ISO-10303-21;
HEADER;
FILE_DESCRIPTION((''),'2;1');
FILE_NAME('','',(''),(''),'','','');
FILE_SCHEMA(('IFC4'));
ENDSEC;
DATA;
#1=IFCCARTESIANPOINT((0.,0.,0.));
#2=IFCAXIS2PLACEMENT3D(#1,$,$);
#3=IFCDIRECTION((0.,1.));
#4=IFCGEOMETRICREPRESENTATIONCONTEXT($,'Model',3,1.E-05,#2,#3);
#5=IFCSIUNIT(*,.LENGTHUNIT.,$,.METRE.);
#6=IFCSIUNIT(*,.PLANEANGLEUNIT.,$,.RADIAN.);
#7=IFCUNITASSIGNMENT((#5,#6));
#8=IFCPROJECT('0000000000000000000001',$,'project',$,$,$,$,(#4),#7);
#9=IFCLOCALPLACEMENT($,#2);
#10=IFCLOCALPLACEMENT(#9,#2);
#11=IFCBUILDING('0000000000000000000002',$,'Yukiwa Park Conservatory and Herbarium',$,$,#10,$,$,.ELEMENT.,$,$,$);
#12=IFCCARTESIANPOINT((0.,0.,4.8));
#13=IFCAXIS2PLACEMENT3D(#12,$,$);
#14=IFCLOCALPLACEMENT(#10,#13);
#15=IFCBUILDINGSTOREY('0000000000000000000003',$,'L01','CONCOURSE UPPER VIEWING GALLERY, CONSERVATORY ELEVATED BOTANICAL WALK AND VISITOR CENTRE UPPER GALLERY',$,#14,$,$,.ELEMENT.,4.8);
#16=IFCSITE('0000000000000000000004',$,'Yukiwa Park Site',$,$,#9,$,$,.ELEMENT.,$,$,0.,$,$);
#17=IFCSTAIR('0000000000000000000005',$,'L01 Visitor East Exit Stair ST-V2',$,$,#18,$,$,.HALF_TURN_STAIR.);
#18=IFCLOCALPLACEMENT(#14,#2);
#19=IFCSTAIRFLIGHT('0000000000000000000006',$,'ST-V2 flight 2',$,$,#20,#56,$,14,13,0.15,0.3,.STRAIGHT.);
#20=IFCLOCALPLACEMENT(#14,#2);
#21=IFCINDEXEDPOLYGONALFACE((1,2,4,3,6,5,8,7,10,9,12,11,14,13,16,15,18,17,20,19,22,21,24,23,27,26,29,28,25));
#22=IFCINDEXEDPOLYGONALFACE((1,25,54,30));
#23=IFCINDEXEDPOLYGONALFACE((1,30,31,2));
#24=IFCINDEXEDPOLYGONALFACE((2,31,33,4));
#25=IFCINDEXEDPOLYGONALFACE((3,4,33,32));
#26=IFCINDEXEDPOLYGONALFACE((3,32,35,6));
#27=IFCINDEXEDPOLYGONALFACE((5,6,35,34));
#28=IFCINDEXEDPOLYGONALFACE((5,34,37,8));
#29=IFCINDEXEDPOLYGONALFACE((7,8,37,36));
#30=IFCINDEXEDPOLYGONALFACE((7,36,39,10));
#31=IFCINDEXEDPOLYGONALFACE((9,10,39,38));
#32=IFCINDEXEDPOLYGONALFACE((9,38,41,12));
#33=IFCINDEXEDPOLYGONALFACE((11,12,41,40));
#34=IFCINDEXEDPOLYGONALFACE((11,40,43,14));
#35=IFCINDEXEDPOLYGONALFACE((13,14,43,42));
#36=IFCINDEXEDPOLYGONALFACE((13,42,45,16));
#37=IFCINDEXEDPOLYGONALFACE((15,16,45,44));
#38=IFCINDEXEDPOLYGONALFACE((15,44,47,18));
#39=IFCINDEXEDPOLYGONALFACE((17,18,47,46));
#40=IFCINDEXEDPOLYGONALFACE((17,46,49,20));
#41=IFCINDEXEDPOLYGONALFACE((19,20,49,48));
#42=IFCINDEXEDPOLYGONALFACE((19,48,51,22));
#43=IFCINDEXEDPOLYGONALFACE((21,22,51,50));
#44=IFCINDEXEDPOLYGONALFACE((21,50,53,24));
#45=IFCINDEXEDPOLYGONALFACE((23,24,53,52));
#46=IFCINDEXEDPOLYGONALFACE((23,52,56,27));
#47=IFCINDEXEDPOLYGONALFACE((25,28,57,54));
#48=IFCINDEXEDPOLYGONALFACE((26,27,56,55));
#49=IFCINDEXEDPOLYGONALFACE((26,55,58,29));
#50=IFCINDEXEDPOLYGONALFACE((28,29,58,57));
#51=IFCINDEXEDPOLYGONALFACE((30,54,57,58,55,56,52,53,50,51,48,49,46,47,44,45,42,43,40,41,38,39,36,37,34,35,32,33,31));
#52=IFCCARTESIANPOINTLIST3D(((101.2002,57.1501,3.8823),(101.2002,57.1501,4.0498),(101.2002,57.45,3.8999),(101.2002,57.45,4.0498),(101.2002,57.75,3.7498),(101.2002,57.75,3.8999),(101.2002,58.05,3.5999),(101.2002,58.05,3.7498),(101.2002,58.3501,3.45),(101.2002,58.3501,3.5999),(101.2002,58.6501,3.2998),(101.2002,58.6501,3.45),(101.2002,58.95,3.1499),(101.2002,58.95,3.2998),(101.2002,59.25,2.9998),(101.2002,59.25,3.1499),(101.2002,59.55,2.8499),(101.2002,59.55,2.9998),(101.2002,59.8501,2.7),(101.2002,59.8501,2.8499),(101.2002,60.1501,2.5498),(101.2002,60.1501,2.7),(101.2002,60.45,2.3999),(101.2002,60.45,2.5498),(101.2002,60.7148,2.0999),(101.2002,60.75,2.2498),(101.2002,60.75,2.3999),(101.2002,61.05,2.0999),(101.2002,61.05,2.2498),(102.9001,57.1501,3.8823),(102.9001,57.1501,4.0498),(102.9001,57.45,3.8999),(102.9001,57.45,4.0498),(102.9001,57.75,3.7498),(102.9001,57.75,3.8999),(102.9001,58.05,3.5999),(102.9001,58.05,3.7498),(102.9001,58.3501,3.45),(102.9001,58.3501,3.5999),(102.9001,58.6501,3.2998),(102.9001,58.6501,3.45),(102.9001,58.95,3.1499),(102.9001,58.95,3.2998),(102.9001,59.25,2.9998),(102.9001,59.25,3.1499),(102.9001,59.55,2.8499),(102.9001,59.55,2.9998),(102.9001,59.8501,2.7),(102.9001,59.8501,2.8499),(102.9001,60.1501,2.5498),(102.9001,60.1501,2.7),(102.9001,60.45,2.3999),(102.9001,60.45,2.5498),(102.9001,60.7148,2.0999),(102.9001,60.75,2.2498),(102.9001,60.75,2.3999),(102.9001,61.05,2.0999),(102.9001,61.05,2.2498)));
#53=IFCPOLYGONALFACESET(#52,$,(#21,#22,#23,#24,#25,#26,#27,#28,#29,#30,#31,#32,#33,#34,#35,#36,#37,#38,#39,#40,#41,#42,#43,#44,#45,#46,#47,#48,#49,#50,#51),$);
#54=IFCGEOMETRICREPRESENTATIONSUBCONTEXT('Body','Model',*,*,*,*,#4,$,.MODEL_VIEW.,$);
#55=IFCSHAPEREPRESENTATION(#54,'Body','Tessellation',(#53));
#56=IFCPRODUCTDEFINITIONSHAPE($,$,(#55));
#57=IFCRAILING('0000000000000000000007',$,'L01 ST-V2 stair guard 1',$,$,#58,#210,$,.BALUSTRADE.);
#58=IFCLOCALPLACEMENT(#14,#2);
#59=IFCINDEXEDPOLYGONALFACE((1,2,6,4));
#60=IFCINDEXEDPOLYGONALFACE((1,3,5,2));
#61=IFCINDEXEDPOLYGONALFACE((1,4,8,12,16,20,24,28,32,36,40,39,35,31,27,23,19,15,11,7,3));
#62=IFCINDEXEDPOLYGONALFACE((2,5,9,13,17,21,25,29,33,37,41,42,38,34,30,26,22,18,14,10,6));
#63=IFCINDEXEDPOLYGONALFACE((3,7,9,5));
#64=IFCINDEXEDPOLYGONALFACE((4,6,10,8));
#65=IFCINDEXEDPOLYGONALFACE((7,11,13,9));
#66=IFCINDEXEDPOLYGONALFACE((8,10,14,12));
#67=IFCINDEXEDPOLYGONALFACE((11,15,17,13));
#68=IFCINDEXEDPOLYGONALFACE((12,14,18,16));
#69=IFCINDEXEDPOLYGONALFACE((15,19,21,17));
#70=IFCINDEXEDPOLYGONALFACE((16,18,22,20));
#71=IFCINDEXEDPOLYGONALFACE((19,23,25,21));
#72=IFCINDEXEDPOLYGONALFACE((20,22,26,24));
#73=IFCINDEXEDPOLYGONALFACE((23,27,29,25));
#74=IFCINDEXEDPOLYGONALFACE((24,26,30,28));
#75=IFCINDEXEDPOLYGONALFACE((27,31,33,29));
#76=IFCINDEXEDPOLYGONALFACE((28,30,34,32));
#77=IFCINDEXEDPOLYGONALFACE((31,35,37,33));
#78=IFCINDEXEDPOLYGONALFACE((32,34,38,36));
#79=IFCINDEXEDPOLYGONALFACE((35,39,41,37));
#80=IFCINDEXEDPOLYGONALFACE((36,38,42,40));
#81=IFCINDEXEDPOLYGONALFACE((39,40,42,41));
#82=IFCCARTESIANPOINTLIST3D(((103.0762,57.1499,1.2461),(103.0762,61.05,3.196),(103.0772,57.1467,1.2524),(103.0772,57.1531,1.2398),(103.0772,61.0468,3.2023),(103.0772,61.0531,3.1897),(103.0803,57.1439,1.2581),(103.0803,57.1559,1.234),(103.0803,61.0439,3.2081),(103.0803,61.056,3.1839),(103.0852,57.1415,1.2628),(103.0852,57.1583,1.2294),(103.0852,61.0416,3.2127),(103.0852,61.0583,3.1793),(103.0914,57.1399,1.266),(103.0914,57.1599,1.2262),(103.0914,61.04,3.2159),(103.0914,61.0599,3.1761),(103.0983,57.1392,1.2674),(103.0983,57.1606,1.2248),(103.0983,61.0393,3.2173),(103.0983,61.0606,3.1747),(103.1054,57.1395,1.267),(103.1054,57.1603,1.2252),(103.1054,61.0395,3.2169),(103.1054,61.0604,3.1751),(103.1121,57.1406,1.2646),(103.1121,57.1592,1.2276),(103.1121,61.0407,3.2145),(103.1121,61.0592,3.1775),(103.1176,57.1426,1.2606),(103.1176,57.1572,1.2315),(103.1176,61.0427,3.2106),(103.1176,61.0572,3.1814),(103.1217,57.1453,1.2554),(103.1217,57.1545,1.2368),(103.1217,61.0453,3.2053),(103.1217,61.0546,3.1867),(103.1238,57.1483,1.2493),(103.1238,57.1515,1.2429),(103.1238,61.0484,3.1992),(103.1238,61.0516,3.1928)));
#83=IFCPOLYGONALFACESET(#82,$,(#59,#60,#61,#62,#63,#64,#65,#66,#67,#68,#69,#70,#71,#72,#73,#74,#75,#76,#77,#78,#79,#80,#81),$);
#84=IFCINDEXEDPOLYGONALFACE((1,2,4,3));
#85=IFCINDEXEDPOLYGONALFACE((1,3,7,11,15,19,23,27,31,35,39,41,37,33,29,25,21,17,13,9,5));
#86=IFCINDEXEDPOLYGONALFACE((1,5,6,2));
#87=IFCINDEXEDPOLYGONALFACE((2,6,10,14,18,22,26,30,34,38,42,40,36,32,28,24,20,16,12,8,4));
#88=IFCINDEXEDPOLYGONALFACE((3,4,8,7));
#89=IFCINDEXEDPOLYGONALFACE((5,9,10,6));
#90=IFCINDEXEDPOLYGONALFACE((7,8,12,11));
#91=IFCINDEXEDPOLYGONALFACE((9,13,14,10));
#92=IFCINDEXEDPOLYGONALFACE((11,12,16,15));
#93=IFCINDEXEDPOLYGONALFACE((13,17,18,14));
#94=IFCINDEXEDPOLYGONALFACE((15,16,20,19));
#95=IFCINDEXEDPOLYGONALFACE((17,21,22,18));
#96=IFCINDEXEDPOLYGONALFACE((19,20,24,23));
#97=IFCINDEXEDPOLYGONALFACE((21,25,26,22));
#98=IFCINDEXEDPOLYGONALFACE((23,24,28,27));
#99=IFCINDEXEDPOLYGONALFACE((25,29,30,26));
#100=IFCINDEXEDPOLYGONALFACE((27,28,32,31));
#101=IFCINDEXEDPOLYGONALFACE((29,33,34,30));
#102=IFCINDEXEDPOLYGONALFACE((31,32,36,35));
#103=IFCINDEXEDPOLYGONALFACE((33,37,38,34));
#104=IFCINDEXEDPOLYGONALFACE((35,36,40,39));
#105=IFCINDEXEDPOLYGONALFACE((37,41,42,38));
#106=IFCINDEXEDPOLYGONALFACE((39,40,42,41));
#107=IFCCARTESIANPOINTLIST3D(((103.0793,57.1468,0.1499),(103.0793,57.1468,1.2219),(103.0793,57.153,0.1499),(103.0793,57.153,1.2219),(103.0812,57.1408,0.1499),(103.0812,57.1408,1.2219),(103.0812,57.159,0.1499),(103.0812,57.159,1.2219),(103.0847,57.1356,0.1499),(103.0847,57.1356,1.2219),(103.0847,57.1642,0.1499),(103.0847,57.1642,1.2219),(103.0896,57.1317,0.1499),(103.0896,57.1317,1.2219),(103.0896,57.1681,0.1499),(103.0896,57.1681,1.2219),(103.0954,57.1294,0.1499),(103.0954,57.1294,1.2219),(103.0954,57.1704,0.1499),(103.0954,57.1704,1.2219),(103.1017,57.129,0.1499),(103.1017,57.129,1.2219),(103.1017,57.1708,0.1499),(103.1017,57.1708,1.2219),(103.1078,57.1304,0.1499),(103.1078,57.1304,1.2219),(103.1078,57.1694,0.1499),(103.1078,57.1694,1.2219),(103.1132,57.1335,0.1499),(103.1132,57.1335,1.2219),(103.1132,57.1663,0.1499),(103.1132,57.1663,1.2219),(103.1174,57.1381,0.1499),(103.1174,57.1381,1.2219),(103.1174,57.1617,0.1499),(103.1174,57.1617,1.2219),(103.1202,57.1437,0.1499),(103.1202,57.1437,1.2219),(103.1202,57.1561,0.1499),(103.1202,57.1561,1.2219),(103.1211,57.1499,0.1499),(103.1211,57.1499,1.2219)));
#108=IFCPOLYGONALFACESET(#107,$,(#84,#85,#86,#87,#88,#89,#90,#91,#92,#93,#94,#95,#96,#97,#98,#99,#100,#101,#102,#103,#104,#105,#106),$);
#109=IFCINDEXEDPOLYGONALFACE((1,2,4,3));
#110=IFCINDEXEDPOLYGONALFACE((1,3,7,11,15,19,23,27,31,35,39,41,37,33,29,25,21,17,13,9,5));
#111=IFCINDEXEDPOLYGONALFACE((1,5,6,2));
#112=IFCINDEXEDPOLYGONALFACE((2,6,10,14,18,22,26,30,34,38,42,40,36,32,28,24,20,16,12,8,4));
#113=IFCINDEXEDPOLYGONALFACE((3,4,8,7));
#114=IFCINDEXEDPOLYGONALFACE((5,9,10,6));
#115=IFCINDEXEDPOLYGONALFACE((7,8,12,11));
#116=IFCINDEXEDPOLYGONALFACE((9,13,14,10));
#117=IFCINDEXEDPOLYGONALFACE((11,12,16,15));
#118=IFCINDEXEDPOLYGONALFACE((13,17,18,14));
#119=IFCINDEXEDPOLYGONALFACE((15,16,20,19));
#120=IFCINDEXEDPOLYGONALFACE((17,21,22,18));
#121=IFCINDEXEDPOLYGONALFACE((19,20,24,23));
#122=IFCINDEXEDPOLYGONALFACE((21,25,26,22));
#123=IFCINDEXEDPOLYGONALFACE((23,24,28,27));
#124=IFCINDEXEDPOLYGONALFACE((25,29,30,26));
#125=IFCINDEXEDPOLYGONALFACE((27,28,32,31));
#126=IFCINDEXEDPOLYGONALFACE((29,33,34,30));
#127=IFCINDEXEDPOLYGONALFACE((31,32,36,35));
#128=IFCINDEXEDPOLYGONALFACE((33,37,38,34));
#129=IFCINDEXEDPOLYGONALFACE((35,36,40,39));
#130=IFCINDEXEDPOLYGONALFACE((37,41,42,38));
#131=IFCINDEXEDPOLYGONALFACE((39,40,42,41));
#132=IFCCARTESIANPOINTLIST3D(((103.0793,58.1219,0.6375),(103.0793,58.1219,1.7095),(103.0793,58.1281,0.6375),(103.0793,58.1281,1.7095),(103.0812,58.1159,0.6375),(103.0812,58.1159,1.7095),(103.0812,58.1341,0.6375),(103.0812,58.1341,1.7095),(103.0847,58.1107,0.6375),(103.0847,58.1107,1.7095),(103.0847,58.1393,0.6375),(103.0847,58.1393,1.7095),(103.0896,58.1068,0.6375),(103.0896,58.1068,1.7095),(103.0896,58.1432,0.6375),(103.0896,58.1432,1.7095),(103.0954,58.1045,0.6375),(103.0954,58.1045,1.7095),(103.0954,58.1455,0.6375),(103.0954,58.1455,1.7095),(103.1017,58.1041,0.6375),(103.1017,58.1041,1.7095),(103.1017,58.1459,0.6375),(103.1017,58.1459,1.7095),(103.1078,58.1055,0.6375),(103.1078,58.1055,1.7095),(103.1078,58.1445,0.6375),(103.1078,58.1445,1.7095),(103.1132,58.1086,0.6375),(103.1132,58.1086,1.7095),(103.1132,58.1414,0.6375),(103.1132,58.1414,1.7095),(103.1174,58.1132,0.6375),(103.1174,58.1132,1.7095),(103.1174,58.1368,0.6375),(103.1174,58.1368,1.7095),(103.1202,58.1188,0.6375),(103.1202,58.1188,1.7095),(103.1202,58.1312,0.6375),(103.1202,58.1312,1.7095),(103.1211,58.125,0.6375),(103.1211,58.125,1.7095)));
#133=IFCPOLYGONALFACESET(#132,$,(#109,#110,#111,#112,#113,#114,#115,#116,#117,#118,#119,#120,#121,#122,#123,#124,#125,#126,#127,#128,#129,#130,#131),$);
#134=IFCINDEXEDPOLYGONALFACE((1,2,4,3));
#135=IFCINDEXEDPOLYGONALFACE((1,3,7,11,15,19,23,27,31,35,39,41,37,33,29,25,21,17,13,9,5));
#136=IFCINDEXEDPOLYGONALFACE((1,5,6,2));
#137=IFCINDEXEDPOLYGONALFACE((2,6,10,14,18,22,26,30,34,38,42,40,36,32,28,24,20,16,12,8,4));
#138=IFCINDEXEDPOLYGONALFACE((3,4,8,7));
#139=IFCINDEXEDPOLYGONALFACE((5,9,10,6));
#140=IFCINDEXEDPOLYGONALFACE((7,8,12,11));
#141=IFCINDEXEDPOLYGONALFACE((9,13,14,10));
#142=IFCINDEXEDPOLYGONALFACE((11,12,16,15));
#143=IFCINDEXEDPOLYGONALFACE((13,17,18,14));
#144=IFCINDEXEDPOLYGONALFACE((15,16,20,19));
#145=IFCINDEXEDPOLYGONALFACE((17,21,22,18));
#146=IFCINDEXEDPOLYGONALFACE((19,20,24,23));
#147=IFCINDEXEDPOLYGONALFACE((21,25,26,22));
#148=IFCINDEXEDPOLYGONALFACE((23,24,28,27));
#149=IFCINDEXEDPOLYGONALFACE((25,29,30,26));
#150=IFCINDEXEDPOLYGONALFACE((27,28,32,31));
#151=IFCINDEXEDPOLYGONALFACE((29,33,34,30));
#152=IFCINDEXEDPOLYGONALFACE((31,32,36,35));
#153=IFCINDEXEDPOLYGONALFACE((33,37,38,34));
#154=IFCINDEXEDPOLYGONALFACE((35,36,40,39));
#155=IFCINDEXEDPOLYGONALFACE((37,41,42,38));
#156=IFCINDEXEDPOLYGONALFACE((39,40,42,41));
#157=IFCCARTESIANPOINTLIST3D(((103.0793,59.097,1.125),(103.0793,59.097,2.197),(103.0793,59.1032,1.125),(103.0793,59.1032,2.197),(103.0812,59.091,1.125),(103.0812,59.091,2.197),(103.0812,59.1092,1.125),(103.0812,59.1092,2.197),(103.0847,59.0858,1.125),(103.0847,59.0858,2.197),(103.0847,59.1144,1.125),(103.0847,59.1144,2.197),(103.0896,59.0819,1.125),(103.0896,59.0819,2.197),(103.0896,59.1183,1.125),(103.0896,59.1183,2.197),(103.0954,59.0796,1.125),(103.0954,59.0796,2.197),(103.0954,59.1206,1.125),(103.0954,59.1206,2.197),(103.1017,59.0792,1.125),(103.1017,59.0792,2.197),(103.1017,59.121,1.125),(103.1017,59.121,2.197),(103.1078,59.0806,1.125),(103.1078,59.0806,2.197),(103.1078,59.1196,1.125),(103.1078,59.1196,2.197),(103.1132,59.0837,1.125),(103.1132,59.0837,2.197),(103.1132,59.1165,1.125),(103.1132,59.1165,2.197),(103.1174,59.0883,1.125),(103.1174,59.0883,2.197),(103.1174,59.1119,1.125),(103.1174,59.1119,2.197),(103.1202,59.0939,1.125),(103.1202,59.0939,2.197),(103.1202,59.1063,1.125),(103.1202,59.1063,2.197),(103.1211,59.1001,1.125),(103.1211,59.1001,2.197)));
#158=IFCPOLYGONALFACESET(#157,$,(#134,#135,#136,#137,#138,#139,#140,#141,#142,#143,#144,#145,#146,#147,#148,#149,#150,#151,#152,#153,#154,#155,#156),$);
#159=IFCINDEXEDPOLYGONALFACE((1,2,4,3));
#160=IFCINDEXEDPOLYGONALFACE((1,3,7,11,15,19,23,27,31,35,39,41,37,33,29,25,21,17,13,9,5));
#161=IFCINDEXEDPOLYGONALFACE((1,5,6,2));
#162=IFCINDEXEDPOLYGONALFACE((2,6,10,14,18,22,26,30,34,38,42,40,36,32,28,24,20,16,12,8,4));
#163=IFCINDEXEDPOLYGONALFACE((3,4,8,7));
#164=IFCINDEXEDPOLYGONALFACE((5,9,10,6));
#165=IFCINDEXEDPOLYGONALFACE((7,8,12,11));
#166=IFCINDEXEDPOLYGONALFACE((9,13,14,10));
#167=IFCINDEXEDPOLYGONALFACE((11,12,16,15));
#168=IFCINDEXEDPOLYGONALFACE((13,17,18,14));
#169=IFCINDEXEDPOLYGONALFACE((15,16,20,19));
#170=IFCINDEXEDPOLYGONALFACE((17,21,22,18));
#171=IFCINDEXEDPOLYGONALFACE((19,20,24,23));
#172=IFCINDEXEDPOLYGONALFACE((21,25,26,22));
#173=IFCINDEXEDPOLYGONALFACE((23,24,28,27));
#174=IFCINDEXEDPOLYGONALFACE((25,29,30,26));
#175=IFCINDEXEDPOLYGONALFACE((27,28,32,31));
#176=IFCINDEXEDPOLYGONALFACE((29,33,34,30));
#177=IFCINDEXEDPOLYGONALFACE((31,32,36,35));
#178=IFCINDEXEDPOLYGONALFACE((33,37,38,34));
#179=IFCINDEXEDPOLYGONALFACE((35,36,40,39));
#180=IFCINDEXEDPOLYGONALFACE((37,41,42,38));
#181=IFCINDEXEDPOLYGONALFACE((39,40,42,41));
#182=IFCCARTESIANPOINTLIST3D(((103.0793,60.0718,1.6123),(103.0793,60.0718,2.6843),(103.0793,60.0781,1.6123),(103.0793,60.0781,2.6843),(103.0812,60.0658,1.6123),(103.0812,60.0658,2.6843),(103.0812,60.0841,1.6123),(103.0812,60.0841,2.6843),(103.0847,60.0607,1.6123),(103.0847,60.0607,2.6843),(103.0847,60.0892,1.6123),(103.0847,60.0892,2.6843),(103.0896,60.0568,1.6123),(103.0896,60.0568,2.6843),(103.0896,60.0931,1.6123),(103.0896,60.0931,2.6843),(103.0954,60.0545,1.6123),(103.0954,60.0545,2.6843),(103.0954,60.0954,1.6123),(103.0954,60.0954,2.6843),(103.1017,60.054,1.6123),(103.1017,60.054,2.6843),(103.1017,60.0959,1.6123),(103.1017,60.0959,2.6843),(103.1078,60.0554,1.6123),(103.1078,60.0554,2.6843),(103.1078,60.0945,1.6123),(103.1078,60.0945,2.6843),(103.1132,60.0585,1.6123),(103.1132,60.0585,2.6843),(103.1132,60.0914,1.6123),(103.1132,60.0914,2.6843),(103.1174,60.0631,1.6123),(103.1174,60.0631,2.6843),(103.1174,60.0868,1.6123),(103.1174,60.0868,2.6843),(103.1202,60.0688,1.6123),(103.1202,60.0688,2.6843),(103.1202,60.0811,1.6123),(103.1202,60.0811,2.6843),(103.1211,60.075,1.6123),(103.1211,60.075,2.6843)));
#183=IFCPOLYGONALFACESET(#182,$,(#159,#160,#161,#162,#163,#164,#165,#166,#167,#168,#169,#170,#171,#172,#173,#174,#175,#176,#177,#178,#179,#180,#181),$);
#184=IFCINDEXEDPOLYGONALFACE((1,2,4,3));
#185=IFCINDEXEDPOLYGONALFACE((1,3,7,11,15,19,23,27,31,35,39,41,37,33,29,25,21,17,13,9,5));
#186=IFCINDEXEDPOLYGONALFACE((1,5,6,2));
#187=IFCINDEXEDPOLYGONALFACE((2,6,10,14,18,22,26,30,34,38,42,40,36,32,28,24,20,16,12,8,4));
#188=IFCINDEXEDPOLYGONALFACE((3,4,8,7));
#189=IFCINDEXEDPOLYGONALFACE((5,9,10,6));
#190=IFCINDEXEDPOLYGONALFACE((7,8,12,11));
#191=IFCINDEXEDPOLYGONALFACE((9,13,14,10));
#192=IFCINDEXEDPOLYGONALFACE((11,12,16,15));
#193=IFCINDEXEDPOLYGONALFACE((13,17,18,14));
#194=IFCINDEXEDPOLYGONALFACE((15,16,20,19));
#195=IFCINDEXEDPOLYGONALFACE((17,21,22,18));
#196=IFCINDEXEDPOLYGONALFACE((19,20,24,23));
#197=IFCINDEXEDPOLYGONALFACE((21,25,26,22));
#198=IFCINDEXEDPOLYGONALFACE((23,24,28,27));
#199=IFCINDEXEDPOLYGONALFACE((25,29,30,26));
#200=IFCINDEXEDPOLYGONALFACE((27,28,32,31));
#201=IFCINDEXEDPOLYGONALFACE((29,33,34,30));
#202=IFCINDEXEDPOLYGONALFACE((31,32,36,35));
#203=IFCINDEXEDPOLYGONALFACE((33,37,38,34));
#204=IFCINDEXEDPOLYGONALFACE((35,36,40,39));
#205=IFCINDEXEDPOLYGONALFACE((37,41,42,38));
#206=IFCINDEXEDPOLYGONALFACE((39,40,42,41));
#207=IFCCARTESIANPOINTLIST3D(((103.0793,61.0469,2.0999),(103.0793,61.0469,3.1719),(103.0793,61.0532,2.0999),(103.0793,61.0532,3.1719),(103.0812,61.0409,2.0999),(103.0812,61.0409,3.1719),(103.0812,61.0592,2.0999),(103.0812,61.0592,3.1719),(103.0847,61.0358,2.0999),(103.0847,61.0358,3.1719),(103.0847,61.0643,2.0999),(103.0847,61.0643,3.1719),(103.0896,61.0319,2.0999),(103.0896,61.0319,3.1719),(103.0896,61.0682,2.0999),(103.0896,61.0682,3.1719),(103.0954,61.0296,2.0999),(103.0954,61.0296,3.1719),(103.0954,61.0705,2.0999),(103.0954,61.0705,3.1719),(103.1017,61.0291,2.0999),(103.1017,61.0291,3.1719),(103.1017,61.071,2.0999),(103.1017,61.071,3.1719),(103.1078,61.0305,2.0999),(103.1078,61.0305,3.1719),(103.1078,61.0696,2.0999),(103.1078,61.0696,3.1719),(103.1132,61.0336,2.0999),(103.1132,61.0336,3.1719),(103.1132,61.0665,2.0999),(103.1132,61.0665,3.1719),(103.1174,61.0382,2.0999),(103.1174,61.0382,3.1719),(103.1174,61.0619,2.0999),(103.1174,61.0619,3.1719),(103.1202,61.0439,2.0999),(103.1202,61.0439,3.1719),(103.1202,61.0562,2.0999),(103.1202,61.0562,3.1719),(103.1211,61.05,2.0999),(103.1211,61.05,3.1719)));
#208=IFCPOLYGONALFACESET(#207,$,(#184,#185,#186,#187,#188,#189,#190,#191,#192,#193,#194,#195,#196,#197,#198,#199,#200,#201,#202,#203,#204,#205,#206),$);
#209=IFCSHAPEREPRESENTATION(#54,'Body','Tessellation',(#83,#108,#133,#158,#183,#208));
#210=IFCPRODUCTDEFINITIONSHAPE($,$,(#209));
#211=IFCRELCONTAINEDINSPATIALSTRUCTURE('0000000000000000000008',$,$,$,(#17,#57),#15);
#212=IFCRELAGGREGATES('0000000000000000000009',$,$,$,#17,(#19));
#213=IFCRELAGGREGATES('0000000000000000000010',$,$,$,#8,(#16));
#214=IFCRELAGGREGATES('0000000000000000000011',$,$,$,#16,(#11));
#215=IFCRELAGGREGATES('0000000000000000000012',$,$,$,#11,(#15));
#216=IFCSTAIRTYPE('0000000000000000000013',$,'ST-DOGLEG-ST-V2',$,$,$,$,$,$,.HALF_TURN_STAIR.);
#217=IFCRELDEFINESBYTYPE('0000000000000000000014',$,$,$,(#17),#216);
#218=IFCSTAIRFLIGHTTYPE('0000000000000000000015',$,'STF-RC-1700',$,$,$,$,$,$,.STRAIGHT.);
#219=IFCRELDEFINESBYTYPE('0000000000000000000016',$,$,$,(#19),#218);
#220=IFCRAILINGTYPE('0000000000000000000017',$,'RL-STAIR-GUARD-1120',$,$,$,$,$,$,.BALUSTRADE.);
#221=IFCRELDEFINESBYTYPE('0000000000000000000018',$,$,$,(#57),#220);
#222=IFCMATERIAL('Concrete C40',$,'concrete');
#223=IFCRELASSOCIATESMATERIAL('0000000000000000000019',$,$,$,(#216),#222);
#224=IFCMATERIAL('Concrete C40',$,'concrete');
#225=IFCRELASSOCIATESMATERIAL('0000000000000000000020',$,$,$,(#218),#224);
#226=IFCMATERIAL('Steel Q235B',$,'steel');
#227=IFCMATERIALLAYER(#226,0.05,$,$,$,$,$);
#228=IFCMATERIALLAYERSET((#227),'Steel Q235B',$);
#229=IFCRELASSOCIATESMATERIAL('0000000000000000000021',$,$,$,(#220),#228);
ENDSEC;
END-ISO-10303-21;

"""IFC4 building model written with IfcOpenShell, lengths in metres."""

from ifc_helpers import new_model, si_unit, direction, frame, origin, origin_2d, place, context, subcontext, project, spatial, polyline, circle, outline, extrude, material, layer, layer_set, type_object, element, aggregate, save


model = new_model("IFC4")

# Units and contexts
model_context = context("Model", 3, precision=1e-05, world=origin(), true_north=direction((0.0, 1.0)))
body_context = subcontext(model_context, "Body", "Model", "MODEL_VIEW")
ifc_project = project(units=[si_unit("LENGTHUNIT", "METRE"), si_unit("PLANEANGLEUNIT", "RADIAN")], contexts=[model_context])

# Site, building, storey
site_placement = place(None, origin())
site = spatial("IfcSite", under=ifc_project, at=site_placement, Name="Yukiwa Park Site", CompositionType="ELEMENT", RefElevation=0.0)
building_placement = place(site_placement, origin())
building = spatial("IfcBuilding", under=site, at=building_placement, Name="Yukiwa Park Conservatory and Herbarium", CompositionType="ELEMENT")
storey_placement = place(building_placement, frame((0.0, 0.0, 4.8)))
storey = spatial("IfcBuildingStorey", under=building, at=storey_placement, Name="L01", Description="CONCOURSE UPPER VIEWING GALLERY, CONSERVATORY ELEVATED BOTANICAL WALK AND VISITOR CENTRE UPPER GALLERY", CompositionType="ELEMENT", Elevation=4.8)

# Stair, stair flight
ifc_material_1 = material(Name="Concrete C40", Category="concrete")
stair_type = type_object("IfcStairType", Name="ST-DOGLEG-ST-V2", PredefinedType="HALF_TURN_STAIR", material=ifc_material_1)
stair_placement = place(storey_placement, origin())
stair = element("IfcStair", 1, at=stair_placement, inside=storey, type_object=stair_type, Name="L01 Visitor East Exit Stair ST-V2", PredefinedType="HALF_TURN_STAIR")
ifc_material_2 = material(Name="Concrete C40", Category="concrete")
stair_flight_type = type_object("IfcStairFlightType", Name="STF-RC-1700", PredefinedType="STRAIGHT", material=ifc_material_2)
stair_flight_1_placement = place(storey_placement, frame((102.05, 61.05, 2.0999), z_axis=(0.0, 0.0, 1.0), x_axis=(0.0, -1.0, 0.0)))
stair_flight_1 = element("IfcStairFlight", 2, at=stair_flight_1_placement, type_object=stair_flight_type, Name="ST-V2 flight 2", NumberOfRisers=14, NumberOfTreads=13, PredefinedType="STRAIGHT", RiserHeight=0.15, TreadLength=0.3, context=body_context, shape_type="SweptSolid", body=[
    extrude(outline(polyline([(0.0, 0.0), (0.0, 0.1499), (0.3, 0.1499), (0.3, 0.3), (0.6001, 0.3), (0.6001, 0.45), (0.8999, 0.45), (0.8999, 0.6001), (1.2, 0.6001), (1.2, 0.75), (1.5, 0.75), (1.5, 0.8999), (1.8, 0.8999), (1.8, 1.05), (2.1001, 1.05), (2.1001, 1.2), (2.3999, 1.2), (2.3999, 1.3501), (2.7, 1.3501), (2.7, 1.5), (3.0, 1.5), (3.0, 1.6499), (3.3, 1.6499), (3.3, 1.8), (3.6001, 1.8), (3.6001, 1.95), (3.8999, 1.95), (3.8999, 2.1001), (3.8999, 1.7825), (0.3352, 0.0), (0.0, 0.0)])), frame((0.0, 0.8501, 0.0), z_axis=(0.0, -1.0, 0.0), x_axis=(1.0, 0.0, 0.0)), (0.0, 0.0, 1.0), 1.7),
])
aggregate(stair, [stair_flight_1])

# Railing
ifc_material_3 = material(Name="Steel Q235B", Category="steel")
ifc_layer_1 = layer(ifc_material_3, 0.05)
ifc_layer_set_1 = layer_set([ifc_layer_1], Name="Steel Q235B")
railing_type_1 = type_object("IfcRailingType", Name="RL-STAIR-GUARD-1120", PredefinedType="BALUSTRADE", material=ifc_layer_set_1)
railing_1_placement = place(storey_placement, frame((103.1001, 57.1499, 0.1499)))
element("IfcRailing", 3, at=railing_1_placement, inside=storey, type_object=railing_type_1, Name="L01 ST-V2 stair guard 1", PredefinedType="BALUSTRADE", context=body_context, shape_type="SweptSolid", body=[
    extrude(circle(Radius=0.0239, at=origin_2d()), frame((0.0, 0.0, 1.0962), z_axis=(0.0, 0.894438, 0.447191), x_axis=(-1.0, 0.0, 0.0)), (0.0, 0.0, 1.0), 4.3604),
    extrude(circle(Radius=0.021, at=origin_2d()), origin(), (0.0, 0.0, 1.0), 1.072),
    extrude(circle(Radius=0.021, at=origin_2d()), frame((0.0, 0.9751, 0.4875)), (0.0, 0.0, 1.0), 1.072),
    extrude(circle(Radius=0.021, at=origin_2d()), frame((0.0, 1.9502, 0.9751)), (0.0, 0.0, 1.0), 1.072),
    extrude(circle(Radius=0.021, at=origin_2d()), frame((0.0, 2.925, 1.4624)), (0.0, 0.0, 1.0), 1.072),
    extrude(circle(Radius=0.021, at=origin_2d()), frame((0.0, 3.9001, 1.95)), (0.0, 0.0, 1.0), 1.072),
])

save(model, "model.ifc")
